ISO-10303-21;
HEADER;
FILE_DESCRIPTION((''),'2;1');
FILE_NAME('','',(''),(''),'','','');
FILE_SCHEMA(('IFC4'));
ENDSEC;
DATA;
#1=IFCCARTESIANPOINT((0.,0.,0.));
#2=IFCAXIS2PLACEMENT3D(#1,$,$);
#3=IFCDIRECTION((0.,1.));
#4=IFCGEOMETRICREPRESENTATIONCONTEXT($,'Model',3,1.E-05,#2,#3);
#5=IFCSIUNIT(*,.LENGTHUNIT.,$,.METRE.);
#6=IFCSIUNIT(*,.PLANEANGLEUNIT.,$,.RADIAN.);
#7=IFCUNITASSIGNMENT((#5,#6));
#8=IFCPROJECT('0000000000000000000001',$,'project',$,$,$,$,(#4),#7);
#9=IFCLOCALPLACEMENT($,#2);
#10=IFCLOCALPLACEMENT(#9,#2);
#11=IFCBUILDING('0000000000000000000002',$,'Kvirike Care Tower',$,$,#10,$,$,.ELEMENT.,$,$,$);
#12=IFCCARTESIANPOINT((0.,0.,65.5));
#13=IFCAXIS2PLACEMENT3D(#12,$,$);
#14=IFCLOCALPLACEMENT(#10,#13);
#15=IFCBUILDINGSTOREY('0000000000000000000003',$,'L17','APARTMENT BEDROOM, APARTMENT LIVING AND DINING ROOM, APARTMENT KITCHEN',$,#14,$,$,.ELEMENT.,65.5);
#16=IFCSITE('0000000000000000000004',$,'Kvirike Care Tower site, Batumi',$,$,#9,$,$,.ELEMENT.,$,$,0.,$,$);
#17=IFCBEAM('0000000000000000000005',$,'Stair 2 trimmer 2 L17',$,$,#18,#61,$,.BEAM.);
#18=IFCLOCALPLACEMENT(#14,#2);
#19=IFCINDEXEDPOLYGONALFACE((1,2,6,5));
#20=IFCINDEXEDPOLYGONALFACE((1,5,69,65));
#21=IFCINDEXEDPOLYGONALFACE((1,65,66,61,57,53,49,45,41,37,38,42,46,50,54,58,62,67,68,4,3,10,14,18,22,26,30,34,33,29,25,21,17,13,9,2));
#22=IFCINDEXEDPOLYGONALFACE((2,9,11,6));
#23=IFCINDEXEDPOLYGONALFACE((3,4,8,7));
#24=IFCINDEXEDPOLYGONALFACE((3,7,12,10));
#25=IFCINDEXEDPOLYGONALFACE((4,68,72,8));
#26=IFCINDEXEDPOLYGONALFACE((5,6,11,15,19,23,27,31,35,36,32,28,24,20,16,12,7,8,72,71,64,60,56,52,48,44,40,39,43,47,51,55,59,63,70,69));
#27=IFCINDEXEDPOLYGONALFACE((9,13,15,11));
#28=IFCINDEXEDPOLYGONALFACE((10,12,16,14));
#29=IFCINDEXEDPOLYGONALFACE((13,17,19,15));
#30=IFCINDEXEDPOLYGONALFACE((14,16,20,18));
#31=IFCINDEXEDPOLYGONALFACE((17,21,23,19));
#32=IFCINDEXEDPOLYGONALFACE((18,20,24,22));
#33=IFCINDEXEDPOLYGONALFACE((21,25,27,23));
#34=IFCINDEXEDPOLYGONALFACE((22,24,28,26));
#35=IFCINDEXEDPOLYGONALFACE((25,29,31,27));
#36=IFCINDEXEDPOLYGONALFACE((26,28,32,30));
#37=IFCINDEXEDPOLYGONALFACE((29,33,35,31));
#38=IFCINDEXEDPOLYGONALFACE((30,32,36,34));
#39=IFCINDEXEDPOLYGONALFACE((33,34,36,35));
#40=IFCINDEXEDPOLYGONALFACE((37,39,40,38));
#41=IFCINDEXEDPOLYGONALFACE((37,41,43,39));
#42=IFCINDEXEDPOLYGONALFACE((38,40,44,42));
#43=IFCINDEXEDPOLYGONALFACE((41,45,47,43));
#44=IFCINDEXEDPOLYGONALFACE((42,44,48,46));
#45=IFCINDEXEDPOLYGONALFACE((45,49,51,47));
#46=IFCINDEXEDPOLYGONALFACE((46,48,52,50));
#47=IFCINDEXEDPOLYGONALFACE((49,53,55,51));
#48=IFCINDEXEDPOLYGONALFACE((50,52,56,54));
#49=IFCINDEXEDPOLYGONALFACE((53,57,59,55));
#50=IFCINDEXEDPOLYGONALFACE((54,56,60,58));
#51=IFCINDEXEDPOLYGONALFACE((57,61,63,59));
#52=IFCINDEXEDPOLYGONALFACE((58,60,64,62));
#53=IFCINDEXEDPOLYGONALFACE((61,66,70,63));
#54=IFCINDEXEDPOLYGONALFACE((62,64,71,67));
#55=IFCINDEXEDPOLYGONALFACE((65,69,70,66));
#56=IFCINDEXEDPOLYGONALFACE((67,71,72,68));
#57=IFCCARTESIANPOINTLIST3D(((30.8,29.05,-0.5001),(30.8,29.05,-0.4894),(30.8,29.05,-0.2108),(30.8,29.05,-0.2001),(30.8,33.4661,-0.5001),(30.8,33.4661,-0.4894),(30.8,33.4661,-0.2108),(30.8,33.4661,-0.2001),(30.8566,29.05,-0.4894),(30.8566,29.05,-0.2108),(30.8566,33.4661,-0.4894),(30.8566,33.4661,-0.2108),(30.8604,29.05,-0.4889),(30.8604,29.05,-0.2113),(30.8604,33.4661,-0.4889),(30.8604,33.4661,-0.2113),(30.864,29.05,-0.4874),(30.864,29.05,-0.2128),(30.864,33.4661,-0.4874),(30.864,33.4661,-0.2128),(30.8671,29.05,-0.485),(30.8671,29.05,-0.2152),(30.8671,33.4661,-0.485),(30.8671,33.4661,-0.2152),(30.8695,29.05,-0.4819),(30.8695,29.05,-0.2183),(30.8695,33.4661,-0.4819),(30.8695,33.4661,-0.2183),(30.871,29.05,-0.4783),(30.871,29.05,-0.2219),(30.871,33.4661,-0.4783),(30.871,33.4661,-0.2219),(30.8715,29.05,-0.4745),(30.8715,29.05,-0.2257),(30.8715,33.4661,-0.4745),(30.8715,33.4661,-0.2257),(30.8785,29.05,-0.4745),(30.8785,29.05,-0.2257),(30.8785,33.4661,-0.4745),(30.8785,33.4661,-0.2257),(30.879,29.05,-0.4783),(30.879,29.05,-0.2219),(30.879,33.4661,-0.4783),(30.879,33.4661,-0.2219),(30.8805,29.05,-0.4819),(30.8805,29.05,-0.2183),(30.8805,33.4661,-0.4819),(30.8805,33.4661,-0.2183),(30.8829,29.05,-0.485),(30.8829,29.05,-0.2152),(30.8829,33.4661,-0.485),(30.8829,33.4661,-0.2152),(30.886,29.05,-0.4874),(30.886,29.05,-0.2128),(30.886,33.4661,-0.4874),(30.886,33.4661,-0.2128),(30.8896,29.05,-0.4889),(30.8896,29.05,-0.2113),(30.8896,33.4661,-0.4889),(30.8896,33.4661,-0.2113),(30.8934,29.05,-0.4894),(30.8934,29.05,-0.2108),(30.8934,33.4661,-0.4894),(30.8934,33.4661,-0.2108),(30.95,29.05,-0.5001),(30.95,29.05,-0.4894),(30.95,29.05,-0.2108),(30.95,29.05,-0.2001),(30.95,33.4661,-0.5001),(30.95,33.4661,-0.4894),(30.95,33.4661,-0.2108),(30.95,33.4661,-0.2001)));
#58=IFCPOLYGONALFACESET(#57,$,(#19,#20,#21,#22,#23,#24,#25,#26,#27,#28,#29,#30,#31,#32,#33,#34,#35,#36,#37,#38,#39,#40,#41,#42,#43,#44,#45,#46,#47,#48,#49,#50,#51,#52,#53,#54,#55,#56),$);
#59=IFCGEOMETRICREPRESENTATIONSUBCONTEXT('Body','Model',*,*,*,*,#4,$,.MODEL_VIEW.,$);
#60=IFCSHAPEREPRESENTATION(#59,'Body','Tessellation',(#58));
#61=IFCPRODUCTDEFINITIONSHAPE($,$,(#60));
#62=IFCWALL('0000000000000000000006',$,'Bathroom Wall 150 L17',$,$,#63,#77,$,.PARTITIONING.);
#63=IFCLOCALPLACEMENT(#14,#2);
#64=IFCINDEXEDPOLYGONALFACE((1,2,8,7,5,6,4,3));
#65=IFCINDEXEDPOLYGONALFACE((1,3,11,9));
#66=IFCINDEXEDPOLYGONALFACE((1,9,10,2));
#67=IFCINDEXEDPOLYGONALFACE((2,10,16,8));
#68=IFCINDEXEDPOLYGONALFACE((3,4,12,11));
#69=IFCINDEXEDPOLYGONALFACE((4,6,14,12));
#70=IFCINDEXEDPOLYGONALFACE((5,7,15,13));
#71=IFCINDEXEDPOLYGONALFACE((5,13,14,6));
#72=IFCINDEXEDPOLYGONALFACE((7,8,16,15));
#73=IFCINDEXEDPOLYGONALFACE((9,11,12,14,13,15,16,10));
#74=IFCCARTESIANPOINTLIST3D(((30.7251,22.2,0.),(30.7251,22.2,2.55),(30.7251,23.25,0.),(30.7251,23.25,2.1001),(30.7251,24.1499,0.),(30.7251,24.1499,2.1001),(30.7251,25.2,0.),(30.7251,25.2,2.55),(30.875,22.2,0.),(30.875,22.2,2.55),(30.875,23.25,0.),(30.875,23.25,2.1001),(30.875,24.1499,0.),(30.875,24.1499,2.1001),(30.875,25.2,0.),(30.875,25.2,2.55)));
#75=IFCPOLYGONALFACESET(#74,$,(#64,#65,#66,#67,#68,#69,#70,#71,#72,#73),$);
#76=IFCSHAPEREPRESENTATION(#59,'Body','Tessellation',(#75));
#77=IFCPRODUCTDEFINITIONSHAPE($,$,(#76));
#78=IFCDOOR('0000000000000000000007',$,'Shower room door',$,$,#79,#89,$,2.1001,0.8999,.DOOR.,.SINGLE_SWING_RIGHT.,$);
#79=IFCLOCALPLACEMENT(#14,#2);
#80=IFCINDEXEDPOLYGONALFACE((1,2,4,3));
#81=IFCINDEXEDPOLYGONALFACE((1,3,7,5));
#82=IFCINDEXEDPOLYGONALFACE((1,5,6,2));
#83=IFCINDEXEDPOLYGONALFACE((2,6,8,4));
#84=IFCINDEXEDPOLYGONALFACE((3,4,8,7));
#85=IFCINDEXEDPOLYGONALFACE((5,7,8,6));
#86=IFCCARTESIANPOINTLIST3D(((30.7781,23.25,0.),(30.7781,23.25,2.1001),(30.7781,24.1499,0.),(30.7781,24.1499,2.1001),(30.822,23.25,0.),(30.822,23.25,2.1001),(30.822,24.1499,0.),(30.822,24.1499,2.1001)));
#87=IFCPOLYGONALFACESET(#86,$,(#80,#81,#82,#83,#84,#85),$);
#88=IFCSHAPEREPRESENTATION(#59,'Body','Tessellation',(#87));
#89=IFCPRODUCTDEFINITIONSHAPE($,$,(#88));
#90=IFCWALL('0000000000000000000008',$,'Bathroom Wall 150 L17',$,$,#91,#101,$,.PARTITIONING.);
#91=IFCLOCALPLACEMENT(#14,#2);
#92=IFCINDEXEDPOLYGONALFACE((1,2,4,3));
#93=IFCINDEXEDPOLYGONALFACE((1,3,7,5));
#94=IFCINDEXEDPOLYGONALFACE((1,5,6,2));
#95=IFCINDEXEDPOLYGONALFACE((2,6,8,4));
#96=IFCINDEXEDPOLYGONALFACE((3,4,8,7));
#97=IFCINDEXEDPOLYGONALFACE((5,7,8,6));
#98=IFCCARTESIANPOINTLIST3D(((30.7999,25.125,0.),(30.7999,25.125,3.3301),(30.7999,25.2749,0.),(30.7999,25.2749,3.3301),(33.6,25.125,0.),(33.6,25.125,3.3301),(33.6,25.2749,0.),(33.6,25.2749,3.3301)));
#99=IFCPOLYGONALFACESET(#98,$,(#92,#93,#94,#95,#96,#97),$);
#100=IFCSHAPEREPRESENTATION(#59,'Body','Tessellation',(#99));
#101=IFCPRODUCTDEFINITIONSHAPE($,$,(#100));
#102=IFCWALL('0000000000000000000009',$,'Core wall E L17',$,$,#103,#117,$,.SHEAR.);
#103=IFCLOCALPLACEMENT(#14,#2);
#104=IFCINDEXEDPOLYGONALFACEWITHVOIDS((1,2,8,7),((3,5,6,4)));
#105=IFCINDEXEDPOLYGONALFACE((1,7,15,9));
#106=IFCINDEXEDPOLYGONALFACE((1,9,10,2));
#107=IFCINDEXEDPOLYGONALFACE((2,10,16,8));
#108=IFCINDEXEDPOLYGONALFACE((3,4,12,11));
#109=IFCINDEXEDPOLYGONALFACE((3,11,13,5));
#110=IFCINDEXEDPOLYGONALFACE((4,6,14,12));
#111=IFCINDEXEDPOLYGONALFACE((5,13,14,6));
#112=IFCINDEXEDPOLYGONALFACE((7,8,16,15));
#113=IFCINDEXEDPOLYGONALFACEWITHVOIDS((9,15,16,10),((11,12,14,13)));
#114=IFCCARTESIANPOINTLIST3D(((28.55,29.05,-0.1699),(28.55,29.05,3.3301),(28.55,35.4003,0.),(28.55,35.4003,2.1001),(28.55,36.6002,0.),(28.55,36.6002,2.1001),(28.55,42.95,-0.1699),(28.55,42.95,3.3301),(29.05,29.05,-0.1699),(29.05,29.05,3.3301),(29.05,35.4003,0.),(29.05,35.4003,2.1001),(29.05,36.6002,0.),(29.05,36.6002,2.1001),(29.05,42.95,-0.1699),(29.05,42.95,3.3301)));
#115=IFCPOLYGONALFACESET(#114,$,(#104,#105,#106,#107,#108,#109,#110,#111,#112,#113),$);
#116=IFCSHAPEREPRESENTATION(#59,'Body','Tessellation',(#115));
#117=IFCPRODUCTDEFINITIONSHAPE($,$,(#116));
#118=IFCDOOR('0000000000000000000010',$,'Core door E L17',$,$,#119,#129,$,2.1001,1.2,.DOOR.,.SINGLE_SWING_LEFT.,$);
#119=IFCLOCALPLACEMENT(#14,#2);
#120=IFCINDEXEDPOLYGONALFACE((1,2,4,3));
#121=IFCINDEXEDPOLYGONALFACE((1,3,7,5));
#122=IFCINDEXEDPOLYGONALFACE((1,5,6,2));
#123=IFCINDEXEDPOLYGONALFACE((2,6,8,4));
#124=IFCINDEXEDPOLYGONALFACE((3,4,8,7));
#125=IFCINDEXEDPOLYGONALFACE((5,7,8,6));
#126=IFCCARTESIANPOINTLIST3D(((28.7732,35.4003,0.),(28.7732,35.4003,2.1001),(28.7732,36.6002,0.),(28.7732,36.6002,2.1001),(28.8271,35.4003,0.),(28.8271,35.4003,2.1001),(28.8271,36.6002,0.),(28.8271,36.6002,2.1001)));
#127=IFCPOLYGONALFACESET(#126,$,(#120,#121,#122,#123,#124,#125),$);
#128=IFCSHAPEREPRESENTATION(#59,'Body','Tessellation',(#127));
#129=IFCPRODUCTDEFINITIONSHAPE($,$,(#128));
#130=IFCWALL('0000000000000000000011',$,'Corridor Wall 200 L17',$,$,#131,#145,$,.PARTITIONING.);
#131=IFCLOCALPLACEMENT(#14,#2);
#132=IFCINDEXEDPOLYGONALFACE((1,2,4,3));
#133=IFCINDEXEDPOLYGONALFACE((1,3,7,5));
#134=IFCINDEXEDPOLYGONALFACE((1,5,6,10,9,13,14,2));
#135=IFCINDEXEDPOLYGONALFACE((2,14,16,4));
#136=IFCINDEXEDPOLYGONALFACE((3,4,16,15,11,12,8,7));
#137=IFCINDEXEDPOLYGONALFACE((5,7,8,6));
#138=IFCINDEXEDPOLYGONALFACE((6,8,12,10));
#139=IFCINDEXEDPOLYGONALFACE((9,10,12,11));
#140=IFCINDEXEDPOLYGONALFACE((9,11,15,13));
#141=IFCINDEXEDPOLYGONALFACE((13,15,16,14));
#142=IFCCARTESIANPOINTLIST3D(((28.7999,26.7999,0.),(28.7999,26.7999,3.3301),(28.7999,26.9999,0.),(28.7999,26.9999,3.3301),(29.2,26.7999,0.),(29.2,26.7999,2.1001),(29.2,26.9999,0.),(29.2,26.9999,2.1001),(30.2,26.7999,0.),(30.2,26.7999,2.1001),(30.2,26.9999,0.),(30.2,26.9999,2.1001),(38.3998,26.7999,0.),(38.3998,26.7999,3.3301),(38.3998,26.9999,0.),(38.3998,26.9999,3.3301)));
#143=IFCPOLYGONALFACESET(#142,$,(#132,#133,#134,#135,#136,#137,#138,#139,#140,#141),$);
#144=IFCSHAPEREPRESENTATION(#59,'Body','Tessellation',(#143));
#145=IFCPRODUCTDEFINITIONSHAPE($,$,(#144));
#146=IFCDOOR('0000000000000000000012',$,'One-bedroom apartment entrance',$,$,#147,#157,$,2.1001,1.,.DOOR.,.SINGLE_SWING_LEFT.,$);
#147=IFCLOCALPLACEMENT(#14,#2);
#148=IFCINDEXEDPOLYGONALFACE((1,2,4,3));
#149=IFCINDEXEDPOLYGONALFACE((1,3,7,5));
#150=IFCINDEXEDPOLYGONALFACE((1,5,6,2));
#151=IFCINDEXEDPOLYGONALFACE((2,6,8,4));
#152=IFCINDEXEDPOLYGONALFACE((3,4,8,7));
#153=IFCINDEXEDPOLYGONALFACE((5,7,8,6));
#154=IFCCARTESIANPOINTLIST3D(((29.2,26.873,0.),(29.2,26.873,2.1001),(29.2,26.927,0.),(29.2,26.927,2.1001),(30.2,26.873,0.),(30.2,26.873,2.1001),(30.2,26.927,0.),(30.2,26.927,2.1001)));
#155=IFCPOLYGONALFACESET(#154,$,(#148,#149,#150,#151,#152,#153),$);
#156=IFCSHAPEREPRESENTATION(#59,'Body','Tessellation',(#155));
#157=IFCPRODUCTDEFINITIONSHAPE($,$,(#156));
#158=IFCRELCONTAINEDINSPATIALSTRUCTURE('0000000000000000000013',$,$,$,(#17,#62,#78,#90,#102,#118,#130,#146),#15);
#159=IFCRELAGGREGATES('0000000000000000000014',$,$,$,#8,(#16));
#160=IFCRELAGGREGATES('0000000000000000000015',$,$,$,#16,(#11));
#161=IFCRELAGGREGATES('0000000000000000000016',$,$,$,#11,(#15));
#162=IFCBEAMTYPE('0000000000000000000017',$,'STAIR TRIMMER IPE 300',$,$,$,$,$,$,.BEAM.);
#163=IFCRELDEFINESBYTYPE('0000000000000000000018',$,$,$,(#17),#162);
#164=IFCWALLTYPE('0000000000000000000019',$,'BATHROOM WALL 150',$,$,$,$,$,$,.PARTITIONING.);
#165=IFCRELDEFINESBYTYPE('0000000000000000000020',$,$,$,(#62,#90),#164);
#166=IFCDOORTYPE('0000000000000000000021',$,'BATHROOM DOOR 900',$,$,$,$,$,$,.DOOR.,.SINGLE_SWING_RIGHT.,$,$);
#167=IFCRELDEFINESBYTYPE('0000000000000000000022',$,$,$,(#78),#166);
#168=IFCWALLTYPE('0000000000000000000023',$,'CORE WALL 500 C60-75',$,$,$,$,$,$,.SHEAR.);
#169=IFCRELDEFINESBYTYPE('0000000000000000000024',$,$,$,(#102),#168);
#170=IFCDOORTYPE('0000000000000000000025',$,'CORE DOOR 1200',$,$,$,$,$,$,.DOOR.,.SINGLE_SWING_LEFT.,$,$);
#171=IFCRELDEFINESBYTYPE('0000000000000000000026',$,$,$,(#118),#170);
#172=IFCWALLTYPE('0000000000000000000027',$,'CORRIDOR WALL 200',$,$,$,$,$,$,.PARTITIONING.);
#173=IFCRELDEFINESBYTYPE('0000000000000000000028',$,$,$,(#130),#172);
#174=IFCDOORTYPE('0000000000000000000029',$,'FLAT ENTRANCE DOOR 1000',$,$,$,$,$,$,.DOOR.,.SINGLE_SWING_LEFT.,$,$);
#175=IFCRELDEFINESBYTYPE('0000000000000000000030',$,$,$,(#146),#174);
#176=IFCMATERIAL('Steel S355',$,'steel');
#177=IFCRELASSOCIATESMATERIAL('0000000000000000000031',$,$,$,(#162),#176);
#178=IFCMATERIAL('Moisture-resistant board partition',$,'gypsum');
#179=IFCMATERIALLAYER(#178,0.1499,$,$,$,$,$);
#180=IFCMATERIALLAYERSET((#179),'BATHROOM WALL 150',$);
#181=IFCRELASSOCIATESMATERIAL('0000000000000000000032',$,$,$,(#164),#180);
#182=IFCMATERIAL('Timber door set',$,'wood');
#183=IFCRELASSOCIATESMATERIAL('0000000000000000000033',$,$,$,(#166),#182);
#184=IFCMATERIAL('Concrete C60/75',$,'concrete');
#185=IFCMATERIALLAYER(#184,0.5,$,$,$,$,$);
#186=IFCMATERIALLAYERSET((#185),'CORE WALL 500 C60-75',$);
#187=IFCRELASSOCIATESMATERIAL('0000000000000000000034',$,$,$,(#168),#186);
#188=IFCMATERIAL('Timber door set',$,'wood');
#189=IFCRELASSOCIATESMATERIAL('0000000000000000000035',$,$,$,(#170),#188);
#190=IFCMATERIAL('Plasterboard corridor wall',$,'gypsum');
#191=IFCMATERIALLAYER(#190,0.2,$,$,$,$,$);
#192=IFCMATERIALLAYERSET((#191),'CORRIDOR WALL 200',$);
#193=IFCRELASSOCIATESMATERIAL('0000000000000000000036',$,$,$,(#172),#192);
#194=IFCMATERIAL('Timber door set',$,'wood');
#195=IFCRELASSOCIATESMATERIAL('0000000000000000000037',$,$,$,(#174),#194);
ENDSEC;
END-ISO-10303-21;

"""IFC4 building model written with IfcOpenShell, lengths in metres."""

from ifc_helpers import new_model, si_unit, direction, frame, frame_2d, origin, origin_2d, place, context, subcontext, project, spatial, rectangle, i_section, extrude, material, layer, layer_set, material_profile, profile_set, type_object, element, fill, save


model = new_model("IFC4")

# Units and contexts
model_context = context("Model", 3, precision=1e-05, world=origin(), true_north=direction((0.0, 1.0)))
body_context = subcontext(model_context, "Body", "Model", "MODEL_VIEW")
ifc_project = project(units=[si_unit("LENGTHUNIT", "METRE"), si_unit("PLANEANGLEUNIT", "RADIAN")], contexts=[model_context])

# Site, building, storey
site_placement = place(None, origin())
site = spatial("IfcSite", under=ifc_project, at=site_placement, Name="Kvirike Care Tower site, Batumi", CompositionType="ELEMENT", RefElevation=0.0)
building_placement = place(site_placement, origin())
building = spatial("IfcBuilding", under=site, at=building_placement, Name="Kvirike Care Tower", CompositionType="ELEMENT")
storey_placement = place(building_placement, frame((0.0, 0.0, 65.5)))
storey = spatial("IfcBuildingStorey", under=building, at=storey_placement, Name="L17", Description="APARTMENT BEDROOM, APARTMENT LIVING AND DINING ROOM, APARTMENT KITCHEN", CompositionType="ELEMENT", Elevation=65.5)

# Beam
ifc_material_1 = material(Name="Steel S355", Category="steel")
ifc_material_profile_1 = material_profile(ifc_material_1, i_section(OverallWidth=0.1499, OverallDepth=0.3, WebThickness=0.0071, FlangeThickness=0.0107, FilletRadius=0.0149, at=origin_2d()), Name="IPE 300")
ifc_profile_set_1 = profile_set([ifc_material_profile_1], Name="Steel S355")
beam_type_1 = type_object("IfcBeamType", Name="STAIR TRIMMER IPE 300", PredefinedType="BEAM", material=ifc_profile_set_1)
for number, where, z_axis, x_axis, name in (
    (1, (30.875, 29.05, -0.3501), (0.0, 1.0, 0.0), (-1.0, 0.0, 0.0), "Stair 2 trimmer 2 L17"),
):
    element("IfcBeam", number, at=place(storey_placement, frame(where, z_axis=z_axis, x_axis=x_axis)), inside=storey, type_object=beam_type_1, Name=name, PredefinedType="BEAM", context=body_context, shape_type="SweptSolid", body=[
        extrude(i_section(OverallWidth=0.1499, OverallDepth=0.3, WebThickness=0.0071, FlangeThickness=0.0107, FilletRadius=0.0149, at=origin_2d()), origin(), (0.0, 0.0, 1.0), 4.416),
    ])

# Wall, opening, door
ifc_material_2 = material(Name="Moisture-resistant board partition", Category="gypsum")
ifc_layer_1 = layer(ifc_material_2, 0.1499)
ifc_layer_set_1 = layer_set([ifc_layer_1], Name="BATHROOM WALL 150")
wall_type_1 = type_object("IfcWallType", Name="BATHROOM WALL 150", PredefinedType="PARTITIONING", material=ifc_layer_set_1)
wall_1_placement = place(storey_placement, frame((30.8, 22.2, 0.0), z_axis=(0.0, 0.0, 1.0), x_axis=(0.0, 1.0, 0.0)))
wall_1 = element("IfcWall", 2, at=wall_1_placement, inside=storey, type_object=wall_type_1, Name="Bathroom Wall 150 L17", PredefinedType="PARTITIONING", context=body_context, shape_type="SweptSolid", body=[
    extrude(rectangle(XDim=3.0, YDim=0.1499, at=frame_2d((1.5, 0.0))), origin(), (0.0, 0.0, 1.0), 2.55),
])
opening_1_placement = place(wall_1_placement, frame((1.05, 0.0, 0.0)))
opening_1 = element("IfcOpeningElement", 3, at=opening_1_placement, cuts=wall_1, PredefinedType="OPENING", context=body_context, shape_type="SweptSolid", body=[
    extrude(rectangle(XDim=0.8999, YDim=2.1001, at=frame_2d((0.45, 1.05))), frame((0.0, 0.0854, 0.0), z_axis=(0.0, -1.0, 0.0), x_axis=(1.0, 0.0, 0.0)), (0.0, 0.0, 1.0), 0.1709),
])
ifc_material_3 = material(Name="Timber door set", Category="wood")
door_type_1 = type_object("IfcDoorType", Name="BATHROOM DOOR 900", OperationType="SINGLE_SWING_RIGHT", PredefinedType="DOOR", material=ifc_material_3)
door_1_placement = place(opening_1_placement, frame((0.8999, 0.0, 0.0), z_axis=(0.0, 0.0, 1.0), x_axis=(-1.0, 0.0, 0.0)))
door_1 = element("IfcDoor", 4, at=door_1_placement, inside=storey, type_object=door_type_1, Name="Shower room door", OperationType="SINGLE_SWING_RIGHT", OverallHeight=2.1001, OverallWidth=0.8999, PredefinedType="DOOR", context=body_context, shape_type="SweptSolid", body=[
    extrude(rectangle(XDim=0.8999, YDim=2.1001, at=frame_2d((0.45, 1.05))), frame((0.0, 0.022, 0.0), z_axis=(0.0, -1.0, 0.0), x_axis=(1.0, 0.0, 0.0)), (0.0, 0.0, 1.0), 0.0439),
])
fill(opening_1, door_1)

# Wall
wall_2_placement = place(storey_placement, frame((30.8, 25.2, 0.0), z_axis=(0.0, 0.0, 1.0), x_axis=(1.0, 0.0, 0.0)))
element("IfcWall", 5, at=wall_2_placement, inside=storey, type_object=wall_type_1, Name="Bathroom Wall 150 L17", PredefinedType="PARTITIONING", context=body_context, shape_type="SweptSolid", body=[
    extrude(rectangle(XDim=2.8, YDim=0.1499, at=frame_2d((1.3999, 0.0))), origin(), (0.0, 0.0, 1.0), 3.3301),
])

# Walls, openings, doors
ifc_material_4 = material(Name="Concrete C60/75", Category="concrete")
ifc_layer_2 = layer(ifc_material_4, 0.5)
ifc_layer_set_2 = layer_set([ifc_layer_2], Name="CORE WALL 500 C60-75")
wall_type_2 = type_object("IfcWallType", Name="CORE WALL 500 C60-75", PredefinedType="SHEAR", material=ifc_layer_set_2)
wall_3_placement = place(storey_placement, frame((28.8, 29.05, -0.1699), z_axis=(0.0, 0.0, 1.0), x_axis=(0.0, 1.0, 0.0)))
wall_3 = element("IfcWall", 6, at=wall_3_placement, inside=storey, type_object=wall_type_2, Name="Core wall E L17", PredefinedType="SHEAR", context=body_context, shape_type="SweptSolid", body=[
    extrude(rectangle(XDim=13.8999, YDim=0.5, at=frame_2d((6.95, 0.0))), origin(), (0.0, 0.0, 1.0), 3.5),
])
opening_2_placement = place(wall_3_placement, frame((6.3501, 0.0, 0.1699)))
opening_2 = element("IfcOpeningElement", 7, at=opening_2_placement, cuts=wall_3, PredefinedType="OPENING", context=body_context, shape_type="SweptSolid", body=[
    extrude(rectangle(XDim=1.2, YDim=2.1001, at=frame_2d((0.6001, 1.05))), frame((0.0, 0.2605, 0.0), z_axis=(0.0, -1.0, 0.0), x_axis=(1.0, 0.0, 0.0)), (0.0, 0.0, 1.0), 0.521),
])
ifc_material_5 = material(Name="Timber door set", Category="wood")
door_type_2 = type_object("IfcDoorType", Name="CORE DOOR 1200", OperationType="SINGLE_SWING_LEFT", PredefinedType="DOOR", material=ifc_material_5)
door_2_placement = place(opening_2_placement, origin())
door_2 = element("IfcDoor", 8, at=door_2_placement, inside=storey, type_object=door_type_2, Name="Core door E L17", OperationType="SINGLE_SWING_LEFT", OverallHeight=2.1001, OverallWidth=1.2, PredefinedType="DOOR", context=body_context, shape_type="SweptSolid", body=[
    extrude(rectangle(XDim=1.2, YDim=2.1001, at=frame_2d((0.6001, 1.05))), frame((0.0, 0.0269, 0.0), z_axis=(0.0, -1.0, 0.0), x_axis=(1.0, 0.0, 0.0)), (0.0, 0.0, 1.0), 0.054),
])
fill(opening_2, door_2)
ifc_material_6 = material(Name="Plasterboard corridor wall", Category="gypsum")
ifc_layer_3 = layer(ifc_material_6, 0.2)
ifc_layer_set_3 = layer_set([ifc_layer_3], Name="CORRIDOR WALL 200")
wall_type_3 = type_object("IfcWallType", Name="CORRIDOR WALL 200", PredefinedType="PARTITIONING", material=ifc_layer_set_3)
wall_4_placement = place(storey_placement, frame((28.8, 26.8999, 0.0), z_axis=(0.0, 0.0, 1.0), x_axis=(1.0, 0.0, 0.0)))
wall_4 = element("IfcWall", 9, at=wall_4_placement, inside=storey, type_object=wall_type_3, Name="Corridor Wall 200 L17", PredefinedType="PARTITIONING", context=body_context, shape_type="SweptSolid", body=[
    extrude(rectangle(XDim=9.5999, YDim=0.2, at=frame_2d((4.7998, 0.0))), origin(), (0.0, 0.0, 1.0), 3.3301),
])
opening_3_placement = place(wall_4_placement, frame((0.3999, 0.0, 0.0)))
opening_3 = element("IfcOpeningElement", 10, at=opening_3_placement, cuts=wall_4, PredefinedType="OPENING", context=body_context, shape_type="SweptSolid", body=[
    extrude(rectangle(XDim=1.0, YDim=2.1001, at=frame_2d((0.5, 1.05))), frame((0.0, 0.1106, 0.0), z_axis=(0.0, -1.0, 0.0), x_axis=(1.0, 0.0, 0.0)), (0.0, 0.0, 1.0), 0.2209),
])
ifc_material_7 = material(Name="Timber door set", Category="wood")
door_type_3 = type_object("IfcDoorType", Name="FLAT ENTRANCE DOOR 1000", OperationType="SINGLE_SWING_LEFT", PredefinedType="DOOR", material=ifc_material_7)
door_3_placement = place(opening_3_placement, frame((1.0, 0.0, 0.0), z_axis=(0.0, 0.0, 1.0), x_axis=(-1.0, 0.0, 0.0)))
door_3 = element("IfcDoor", 11, at=door_3_placement, inside=storey, type_object=door_type_3, Name="One-bedroom apartment entrance", OperationType="SINGLE_SWING_LEFT", OverallHeight=2.1001, OverallWidth=1.0, PredefinedType="DOOR", context=body_context, shape_type="SweptSolid", body=[
    extrude(rectangle(XDim=1.0, YDim=2.1001, at=frame_2d((0.5, 1.05))), frame((0.0, 0.0269, 0.0), z_axis=(0.0, -1.0, 0.0), x_axis=(1.0, 0.0, 0.0)), (0.0, 0.0, 1.0), 0.054),
])
fill(opening_3, door_3)

save(model, "model.ifc")
